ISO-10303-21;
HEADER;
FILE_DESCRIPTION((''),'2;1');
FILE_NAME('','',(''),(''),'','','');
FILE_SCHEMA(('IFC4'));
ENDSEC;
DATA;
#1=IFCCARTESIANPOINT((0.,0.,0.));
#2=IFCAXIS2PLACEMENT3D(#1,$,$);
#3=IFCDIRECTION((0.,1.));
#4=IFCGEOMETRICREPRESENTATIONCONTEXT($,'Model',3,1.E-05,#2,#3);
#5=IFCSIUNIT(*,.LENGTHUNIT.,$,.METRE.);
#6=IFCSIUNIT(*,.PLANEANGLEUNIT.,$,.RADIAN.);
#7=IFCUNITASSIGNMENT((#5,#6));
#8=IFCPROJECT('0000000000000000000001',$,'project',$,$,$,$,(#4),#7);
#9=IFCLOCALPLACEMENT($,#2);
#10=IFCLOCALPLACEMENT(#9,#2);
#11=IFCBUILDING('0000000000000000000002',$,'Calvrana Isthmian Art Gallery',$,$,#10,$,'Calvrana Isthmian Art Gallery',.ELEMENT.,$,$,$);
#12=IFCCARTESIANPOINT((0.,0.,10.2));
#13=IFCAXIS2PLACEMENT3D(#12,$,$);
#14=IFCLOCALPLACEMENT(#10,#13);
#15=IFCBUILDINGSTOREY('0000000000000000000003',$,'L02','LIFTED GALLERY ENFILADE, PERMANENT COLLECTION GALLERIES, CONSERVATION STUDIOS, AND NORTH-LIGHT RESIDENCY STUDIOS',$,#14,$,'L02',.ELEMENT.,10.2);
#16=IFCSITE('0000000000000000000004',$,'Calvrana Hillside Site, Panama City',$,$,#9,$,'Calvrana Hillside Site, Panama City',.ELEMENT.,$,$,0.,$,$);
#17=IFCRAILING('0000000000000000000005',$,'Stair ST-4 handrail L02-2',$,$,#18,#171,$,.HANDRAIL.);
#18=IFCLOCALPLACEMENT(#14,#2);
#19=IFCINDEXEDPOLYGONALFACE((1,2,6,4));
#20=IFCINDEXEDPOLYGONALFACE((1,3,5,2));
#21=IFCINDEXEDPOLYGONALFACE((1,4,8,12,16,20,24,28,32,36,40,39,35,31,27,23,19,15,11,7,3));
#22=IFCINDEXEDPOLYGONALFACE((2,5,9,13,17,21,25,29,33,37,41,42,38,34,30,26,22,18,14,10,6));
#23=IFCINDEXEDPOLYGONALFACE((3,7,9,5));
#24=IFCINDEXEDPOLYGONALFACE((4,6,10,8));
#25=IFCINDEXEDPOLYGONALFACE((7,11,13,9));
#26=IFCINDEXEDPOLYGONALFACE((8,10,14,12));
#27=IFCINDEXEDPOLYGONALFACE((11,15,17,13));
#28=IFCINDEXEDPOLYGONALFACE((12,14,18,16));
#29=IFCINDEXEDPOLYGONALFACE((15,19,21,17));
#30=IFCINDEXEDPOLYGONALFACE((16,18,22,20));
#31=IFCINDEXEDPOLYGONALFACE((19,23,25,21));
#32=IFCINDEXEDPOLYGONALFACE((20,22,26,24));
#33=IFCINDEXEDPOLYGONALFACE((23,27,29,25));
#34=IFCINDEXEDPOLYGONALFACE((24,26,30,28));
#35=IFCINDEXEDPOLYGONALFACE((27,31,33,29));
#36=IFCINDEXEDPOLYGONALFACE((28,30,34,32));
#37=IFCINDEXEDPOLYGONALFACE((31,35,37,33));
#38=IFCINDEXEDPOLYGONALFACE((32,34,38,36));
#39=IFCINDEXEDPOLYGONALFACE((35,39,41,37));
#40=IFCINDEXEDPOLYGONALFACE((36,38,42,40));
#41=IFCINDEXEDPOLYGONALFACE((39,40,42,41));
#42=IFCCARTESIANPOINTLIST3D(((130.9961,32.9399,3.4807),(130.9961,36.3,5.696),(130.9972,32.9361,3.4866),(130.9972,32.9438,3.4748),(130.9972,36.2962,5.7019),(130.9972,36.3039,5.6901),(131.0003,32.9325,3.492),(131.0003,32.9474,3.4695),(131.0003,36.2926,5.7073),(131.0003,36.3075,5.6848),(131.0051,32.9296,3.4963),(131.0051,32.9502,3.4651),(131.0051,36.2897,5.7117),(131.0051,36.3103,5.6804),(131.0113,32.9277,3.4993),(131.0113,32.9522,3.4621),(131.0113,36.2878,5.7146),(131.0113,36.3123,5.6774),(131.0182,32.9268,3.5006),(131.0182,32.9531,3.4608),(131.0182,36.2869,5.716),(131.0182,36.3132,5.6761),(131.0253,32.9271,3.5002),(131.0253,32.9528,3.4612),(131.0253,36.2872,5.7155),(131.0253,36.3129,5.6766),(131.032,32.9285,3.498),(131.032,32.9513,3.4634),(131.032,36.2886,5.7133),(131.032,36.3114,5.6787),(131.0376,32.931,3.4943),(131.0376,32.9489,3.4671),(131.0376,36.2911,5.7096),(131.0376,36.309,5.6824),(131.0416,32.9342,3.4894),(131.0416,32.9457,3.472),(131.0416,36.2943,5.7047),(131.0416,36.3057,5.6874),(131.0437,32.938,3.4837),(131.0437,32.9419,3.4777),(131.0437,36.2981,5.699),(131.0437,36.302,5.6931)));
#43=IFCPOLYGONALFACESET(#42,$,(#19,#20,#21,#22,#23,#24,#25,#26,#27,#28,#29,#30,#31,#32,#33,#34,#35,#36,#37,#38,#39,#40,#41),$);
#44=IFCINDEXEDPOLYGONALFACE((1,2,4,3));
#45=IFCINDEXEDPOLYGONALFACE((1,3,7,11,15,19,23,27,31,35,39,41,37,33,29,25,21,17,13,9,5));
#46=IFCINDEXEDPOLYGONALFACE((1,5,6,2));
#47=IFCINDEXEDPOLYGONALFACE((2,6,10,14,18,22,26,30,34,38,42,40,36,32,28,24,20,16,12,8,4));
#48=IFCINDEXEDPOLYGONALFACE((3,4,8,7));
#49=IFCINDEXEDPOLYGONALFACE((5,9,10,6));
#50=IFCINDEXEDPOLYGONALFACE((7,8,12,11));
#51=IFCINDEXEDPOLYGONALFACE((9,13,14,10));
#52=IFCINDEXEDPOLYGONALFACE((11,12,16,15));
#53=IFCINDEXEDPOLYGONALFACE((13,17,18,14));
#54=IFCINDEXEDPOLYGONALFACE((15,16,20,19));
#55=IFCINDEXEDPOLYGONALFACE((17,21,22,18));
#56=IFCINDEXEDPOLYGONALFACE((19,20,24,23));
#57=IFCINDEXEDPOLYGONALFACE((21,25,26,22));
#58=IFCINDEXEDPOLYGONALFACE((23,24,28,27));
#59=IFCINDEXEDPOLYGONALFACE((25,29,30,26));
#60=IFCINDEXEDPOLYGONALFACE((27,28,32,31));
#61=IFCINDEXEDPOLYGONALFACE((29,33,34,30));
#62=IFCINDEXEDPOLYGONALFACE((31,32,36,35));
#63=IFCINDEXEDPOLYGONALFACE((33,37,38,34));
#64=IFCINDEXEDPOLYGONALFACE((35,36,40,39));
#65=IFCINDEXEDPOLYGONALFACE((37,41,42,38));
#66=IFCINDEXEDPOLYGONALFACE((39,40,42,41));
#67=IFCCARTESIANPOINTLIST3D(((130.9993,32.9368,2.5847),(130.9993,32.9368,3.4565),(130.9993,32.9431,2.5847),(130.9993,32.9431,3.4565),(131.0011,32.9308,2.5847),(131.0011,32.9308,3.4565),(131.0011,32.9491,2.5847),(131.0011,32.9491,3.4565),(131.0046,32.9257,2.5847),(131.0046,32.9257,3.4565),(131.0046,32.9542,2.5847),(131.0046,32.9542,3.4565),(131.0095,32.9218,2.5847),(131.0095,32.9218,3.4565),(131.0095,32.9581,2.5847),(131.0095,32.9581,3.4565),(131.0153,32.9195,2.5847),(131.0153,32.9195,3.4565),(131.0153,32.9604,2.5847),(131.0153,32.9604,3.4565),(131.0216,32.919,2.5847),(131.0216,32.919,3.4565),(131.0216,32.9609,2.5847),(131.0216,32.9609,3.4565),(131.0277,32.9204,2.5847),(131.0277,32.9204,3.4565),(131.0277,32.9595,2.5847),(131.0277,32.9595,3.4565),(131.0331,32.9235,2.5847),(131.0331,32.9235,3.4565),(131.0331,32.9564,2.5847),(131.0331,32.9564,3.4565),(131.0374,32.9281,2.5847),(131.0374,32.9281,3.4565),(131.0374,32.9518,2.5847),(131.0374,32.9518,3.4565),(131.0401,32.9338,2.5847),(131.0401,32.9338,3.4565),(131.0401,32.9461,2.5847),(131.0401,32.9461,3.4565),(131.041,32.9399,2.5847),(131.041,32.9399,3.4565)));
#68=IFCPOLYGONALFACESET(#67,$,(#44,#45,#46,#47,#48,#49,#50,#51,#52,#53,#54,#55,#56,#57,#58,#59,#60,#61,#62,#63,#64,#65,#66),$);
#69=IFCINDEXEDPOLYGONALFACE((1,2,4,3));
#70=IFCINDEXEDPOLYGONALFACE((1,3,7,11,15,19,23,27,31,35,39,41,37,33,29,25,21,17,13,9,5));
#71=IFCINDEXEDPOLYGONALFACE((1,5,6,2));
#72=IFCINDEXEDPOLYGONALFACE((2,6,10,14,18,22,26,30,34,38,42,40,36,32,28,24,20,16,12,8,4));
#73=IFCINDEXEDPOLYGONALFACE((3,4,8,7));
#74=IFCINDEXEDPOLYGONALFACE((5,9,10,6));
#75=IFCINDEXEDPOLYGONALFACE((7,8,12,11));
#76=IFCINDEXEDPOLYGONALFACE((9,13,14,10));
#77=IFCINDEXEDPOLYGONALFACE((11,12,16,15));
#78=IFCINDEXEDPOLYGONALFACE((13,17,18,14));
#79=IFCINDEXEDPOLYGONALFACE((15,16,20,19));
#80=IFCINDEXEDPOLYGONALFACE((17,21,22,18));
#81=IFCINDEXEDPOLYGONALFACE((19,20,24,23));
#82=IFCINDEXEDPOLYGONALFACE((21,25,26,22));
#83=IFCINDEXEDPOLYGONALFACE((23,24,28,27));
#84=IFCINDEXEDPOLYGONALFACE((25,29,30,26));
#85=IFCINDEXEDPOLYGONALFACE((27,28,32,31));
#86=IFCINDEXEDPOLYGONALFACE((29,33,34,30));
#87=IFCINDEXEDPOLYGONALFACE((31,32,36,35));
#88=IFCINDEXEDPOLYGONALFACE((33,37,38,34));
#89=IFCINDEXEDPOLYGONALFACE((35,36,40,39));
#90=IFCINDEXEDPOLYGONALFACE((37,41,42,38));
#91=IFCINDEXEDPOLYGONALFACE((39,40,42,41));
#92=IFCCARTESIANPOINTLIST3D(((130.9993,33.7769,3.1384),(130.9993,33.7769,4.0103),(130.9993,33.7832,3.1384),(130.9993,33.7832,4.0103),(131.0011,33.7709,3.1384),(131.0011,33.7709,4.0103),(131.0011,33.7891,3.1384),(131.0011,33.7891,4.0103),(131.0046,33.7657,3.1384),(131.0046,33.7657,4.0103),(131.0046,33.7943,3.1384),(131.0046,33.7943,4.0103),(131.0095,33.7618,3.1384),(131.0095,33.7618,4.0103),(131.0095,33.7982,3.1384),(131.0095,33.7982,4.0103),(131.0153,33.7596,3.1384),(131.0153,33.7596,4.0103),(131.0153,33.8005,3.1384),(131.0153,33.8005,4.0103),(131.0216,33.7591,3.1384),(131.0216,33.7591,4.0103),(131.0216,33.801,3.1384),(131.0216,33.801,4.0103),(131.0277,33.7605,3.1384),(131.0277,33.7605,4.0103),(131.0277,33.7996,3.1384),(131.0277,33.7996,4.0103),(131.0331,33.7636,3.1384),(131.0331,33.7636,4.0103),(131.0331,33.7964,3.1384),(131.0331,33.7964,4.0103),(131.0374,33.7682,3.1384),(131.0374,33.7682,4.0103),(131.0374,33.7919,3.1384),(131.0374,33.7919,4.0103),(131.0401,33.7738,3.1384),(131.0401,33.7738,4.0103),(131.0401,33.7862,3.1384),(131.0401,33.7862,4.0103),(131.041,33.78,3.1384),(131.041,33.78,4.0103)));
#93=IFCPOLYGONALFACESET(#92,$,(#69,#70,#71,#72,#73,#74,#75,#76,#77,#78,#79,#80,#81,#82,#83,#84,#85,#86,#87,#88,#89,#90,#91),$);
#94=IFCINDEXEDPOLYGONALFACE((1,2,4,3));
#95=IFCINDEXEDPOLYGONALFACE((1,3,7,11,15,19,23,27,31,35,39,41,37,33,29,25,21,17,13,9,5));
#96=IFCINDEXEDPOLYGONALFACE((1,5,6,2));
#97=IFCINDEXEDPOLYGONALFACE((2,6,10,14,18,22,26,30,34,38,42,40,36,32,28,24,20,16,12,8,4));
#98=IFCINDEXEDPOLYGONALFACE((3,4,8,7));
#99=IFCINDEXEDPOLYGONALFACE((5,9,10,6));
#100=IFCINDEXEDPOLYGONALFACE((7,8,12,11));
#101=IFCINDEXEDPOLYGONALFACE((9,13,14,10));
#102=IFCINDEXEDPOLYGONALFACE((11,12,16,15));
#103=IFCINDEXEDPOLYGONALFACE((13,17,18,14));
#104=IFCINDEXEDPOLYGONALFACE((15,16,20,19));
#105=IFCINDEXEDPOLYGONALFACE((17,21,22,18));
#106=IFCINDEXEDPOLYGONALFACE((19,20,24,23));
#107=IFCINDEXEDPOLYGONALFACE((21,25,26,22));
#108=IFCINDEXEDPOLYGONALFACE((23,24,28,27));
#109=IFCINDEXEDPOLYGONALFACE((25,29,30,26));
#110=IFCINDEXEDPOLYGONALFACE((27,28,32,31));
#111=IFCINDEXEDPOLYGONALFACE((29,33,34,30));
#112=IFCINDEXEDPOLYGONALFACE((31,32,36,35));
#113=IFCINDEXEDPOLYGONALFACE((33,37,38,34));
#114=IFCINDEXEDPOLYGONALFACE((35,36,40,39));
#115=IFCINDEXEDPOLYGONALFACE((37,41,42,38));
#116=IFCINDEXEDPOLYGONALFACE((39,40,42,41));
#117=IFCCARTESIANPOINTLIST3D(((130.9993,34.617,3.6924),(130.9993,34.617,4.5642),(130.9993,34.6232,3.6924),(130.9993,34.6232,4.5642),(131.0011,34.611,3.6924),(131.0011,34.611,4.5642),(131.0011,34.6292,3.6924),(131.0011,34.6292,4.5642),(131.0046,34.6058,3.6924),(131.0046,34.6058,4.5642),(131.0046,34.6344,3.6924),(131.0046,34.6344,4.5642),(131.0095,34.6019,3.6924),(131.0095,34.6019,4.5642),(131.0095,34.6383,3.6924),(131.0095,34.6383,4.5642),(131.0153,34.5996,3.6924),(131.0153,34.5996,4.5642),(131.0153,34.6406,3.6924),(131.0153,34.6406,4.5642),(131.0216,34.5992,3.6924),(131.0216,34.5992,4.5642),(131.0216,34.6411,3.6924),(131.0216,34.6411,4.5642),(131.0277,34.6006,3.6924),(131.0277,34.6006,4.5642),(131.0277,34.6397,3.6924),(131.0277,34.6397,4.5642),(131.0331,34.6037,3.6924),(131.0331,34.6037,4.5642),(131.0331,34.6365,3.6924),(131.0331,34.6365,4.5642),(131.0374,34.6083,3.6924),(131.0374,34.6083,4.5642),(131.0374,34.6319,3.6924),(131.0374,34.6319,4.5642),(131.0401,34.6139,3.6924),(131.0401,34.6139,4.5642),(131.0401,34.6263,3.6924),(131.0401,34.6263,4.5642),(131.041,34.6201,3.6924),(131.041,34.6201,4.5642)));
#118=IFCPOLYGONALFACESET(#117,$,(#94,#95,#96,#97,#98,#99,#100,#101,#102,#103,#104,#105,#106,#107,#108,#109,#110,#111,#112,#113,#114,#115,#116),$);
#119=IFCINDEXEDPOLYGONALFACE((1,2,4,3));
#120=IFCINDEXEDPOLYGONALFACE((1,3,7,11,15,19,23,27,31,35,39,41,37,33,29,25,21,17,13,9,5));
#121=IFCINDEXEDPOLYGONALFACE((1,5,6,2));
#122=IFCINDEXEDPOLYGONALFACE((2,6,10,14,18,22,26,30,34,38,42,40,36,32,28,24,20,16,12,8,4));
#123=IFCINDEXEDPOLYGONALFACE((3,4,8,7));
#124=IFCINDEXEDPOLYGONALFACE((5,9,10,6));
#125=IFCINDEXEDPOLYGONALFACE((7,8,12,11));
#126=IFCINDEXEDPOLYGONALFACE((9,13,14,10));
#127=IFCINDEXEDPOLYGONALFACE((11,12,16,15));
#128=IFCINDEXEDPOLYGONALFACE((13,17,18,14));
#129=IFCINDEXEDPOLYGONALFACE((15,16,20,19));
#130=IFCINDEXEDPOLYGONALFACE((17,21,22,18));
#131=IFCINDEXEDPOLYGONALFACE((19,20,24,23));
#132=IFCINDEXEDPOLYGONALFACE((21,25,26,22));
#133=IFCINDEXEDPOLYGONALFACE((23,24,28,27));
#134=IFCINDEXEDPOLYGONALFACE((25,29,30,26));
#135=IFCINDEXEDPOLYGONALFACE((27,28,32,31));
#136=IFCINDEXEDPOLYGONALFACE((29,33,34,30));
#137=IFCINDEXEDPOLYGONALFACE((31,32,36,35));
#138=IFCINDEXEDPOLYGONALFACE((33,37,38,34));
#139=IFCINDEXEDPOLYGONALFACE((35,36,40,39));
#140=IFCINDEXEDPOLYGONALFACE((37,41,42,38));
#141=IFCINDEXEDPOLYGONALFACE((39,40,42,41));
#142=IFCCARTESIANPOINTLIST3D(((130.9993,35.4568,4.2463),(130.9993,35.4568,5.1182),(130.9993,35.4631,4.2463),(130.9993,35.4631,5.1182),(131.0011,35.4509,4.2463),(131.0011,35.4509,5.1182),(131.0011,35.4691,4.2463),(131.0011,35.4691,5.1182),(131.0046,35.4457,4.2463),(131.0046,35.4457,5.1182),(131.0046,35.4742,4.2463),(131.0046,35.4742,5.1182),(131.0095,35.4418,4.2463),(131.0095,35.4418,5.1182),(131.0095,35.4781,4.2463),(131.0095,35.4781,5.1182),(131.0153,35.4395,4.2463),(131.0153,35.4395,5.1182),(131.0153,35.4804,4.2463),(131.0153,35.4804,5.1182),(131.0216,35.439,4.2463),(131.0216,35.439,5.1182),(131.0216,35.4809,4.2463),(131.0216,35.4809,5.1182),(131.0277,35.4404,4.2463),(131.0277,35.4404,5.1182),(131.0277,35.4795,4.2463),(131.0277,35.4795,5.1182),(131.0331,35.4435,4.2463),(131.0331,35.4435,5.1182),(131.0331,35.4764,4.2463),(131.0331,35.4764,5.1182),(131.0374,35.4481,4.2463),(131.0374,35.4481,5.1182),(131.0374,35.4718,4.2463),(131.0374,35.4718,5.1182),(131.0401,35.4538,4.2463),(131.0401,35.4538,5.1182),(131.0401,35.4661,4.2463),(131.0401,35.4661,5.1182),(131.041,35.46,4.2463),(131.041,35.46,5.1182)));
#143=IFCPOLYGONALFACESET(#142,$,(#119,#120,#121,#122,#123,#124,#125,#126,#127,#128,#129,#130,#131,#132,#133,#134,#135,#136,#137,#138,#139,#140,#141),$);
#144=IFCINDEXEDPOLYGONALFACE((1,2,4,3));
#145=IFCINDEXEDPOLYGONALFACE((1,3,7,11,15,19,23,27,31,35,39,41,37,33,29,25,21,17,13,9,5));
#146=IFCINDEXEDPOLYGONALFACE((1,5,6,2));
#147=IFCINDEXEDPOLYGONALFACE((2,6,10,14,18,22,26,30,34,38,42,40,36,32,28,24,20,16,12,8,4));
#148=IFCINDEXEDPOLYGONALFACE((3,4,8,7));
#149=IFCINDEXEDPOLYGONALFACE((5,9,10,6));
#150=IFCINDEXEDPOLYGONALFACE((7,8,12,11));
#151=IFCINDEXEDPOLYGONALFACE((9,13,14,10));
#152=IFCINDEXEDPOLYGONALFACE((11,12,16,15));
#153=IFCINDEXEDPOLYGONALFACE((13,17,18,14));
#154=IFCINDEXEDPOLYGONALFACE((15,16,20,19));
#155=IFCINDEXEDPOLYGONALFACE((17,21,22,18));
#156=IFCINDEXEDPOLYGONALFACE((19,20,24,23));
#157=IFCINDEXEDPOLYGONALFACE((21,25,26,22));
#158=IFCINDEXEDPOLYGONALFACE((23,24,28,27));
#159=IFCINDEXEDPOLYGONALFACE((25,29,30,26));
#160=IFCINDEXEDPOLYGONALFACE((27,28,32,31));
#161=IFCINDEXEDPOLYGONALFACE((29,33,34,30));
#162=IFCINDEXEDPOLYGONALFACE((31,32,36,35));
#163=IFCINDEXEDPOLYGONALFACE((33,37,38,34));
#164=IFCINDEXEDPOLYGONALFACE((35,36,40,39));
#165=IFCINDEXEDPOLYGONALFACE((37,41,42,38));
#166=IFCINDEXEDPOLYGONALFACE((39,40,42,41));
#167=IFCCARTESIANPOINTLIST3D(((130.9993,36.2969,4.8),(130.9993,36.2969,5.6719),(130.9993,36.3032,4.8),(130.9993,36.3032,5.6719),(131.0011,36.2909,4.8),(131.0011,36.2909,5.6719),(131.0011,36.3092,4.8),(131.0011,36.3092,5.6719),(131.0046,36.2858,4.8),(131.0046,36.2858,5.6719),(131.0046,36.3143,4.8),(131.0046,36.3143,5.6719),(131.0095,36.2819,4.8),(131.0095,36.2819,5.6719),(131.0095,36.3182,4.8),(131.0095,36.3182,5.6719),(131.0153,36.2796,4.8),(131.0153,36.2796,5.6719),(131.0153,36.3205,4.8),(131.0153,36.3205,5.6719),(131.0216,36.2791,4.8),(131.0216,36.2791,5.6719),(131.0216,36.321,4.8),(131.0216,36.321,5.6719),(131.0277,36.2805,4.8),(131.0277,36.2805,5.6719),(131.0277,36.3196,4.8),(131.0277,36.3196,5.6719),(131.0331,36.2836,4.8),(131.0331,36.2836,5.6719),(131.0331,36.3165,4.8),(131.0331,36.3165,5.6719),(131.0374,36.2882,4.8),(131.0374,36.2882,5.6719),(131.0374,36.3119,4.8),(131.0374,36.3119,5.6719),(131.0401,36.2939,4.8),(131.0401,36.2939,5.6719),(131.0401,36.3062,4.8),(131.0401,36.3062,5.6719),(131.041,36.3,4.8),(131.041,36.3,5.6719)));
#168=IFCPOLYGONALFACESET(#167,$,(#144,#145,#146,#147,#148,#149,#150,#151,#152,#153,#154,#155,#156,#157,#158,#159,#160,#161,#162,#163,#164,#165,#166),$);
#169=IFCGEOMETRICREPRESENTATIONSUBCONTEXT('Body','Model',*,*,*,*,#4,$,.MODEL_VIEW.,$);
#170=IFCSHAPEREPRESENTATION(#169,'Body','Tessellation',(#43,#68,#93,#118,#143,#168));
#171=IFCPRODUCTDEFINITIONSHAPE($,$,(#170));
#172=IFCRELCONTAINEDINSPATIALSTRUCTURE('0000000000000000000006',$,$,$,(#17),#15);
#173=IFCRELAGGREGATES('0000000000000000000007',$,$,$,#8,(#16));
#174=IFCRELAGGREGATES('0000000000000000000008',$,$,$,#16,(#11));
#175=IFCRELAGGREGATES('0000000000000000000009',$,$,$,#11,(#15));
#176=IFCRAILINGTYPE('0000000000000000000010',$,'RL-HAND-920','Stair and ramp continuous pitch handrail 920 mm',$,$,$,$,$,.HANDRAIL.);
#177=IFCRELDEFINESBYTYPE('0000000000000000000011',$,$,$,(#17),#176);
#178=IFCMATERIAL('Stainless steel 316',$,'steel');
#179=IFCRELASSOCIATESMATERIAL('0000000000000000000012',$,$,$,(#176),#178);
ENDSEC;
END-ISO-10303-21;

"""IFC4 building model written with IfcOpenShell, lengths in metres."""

from ifc_helpers import new_model, si_unit, direction, frame, origin, origin_2d, place, context, subcontext, project, spatial, circle, extrude, material, type_object, element, save


model = new_model("IFC4")

# Units and contexts
model_context = context("Model", 3, precision=1e-05, world=origin(), true_north=direction((0.0, 1.0)))
body_context = subcontext(model_context, "Body", "Model", "MODEL_VIEW")
ifc_project = project(units=[si_unit("LENGTHUNIT", "METRE"), si_unit("PLANEANGLEUNIT", "RADIAN")], contexts=[model_context])

# Site, building, storey
site_placement = place(None, origin())
site = spatial("IfcSite", under=ifc_project, at=site_placement, Name="Calvrana Hillside Site, Panama City", LongName="Calvrana Hillside Site, Panama City", CompositionType="ELEMENT", RefElevation=0.0)
building_placement = place(site_placement, origin())
building = spatial("IfcBuilding", under=site, at=building_placement, Name="Calvrana Isthmian Art Gallery", LongName="Calvrana Isthmian Art Gallery", CompositionType="ELEMENT")
storey_placement = place(building_placement, frame((0.0, 0.0, 10.2)))
storey = spatial("IfcBuildingStorey", under=building, at=storey_placement, Name="L02", Description="LIFTED GALLERY ENFILADE, PERMANENT COLLECTION GALLERIES, CONSERVATION STUDIOS, AND NORTH-LIGHT RESIDENCY STUDIOS", LongName="L02", CompositionType="ELEMENT", Elevation=10.2)

# Railing
ifc_material_1 = material(Name="Stainless steel 316", Category="steel")
railing_type_1 = type_object("IfcRailingType", Name="RL-HAND-920", Description="Stair and ramp continuous pitch handrail 920 mm", PredefinedType="HANDRAIL", material=ifc_material_1)
railing_1_placement = place(storey_placement, frame((131.02, 32.9399, 2.5847)))
element("IfcRailing", 1, at=railing_1_placement, inside=storey, type_object=railing_type_1, Name="Stair ST-4 handrail L02-2", PredefinedType="HANDRAIL", context=body_context, shape_type="SweptSolid", body=[
    extrude(circle(Radius=0.0239, at=origin_2d()), frame((0.0, 0.0, 0.896), z_axis=(0.0, 0.834876, 0.550437), x_axis=(-1.0, 0.0, 0.0)), (0.0, 0.0, 1.0), 4.0247),
    extrude(circle(Radius=0.021, at=origin_2d()), origin(), (0.0, 0.0, 1.0), 0.8718),
    extrude(circle(Radius=0.021, at=origin_2d()), frame((0.0, 0.8401, 0.5537)), (0.0, 0.0, 1.0), 0.8718),
    extrude(circle(Radius=0.021, at=origin_2d()), frame((0.0, 1.6802, 1.1077)), (0.0, 0.0, 1.0), 0.8718),
    extrude(circle(Radius=0.021, at=origin_2d()), frame((0.0, 2.52, 1.6616)), (0.0, 0.0, 1.0), 0.8718),
    extrude(circle(Radius=0.021, at=origin_2d()), frame((0.0, 3.3601, 2.2153)), (0.0, 0.0, 1.0), 0.8718),
])

save(model, "model.ifc")
